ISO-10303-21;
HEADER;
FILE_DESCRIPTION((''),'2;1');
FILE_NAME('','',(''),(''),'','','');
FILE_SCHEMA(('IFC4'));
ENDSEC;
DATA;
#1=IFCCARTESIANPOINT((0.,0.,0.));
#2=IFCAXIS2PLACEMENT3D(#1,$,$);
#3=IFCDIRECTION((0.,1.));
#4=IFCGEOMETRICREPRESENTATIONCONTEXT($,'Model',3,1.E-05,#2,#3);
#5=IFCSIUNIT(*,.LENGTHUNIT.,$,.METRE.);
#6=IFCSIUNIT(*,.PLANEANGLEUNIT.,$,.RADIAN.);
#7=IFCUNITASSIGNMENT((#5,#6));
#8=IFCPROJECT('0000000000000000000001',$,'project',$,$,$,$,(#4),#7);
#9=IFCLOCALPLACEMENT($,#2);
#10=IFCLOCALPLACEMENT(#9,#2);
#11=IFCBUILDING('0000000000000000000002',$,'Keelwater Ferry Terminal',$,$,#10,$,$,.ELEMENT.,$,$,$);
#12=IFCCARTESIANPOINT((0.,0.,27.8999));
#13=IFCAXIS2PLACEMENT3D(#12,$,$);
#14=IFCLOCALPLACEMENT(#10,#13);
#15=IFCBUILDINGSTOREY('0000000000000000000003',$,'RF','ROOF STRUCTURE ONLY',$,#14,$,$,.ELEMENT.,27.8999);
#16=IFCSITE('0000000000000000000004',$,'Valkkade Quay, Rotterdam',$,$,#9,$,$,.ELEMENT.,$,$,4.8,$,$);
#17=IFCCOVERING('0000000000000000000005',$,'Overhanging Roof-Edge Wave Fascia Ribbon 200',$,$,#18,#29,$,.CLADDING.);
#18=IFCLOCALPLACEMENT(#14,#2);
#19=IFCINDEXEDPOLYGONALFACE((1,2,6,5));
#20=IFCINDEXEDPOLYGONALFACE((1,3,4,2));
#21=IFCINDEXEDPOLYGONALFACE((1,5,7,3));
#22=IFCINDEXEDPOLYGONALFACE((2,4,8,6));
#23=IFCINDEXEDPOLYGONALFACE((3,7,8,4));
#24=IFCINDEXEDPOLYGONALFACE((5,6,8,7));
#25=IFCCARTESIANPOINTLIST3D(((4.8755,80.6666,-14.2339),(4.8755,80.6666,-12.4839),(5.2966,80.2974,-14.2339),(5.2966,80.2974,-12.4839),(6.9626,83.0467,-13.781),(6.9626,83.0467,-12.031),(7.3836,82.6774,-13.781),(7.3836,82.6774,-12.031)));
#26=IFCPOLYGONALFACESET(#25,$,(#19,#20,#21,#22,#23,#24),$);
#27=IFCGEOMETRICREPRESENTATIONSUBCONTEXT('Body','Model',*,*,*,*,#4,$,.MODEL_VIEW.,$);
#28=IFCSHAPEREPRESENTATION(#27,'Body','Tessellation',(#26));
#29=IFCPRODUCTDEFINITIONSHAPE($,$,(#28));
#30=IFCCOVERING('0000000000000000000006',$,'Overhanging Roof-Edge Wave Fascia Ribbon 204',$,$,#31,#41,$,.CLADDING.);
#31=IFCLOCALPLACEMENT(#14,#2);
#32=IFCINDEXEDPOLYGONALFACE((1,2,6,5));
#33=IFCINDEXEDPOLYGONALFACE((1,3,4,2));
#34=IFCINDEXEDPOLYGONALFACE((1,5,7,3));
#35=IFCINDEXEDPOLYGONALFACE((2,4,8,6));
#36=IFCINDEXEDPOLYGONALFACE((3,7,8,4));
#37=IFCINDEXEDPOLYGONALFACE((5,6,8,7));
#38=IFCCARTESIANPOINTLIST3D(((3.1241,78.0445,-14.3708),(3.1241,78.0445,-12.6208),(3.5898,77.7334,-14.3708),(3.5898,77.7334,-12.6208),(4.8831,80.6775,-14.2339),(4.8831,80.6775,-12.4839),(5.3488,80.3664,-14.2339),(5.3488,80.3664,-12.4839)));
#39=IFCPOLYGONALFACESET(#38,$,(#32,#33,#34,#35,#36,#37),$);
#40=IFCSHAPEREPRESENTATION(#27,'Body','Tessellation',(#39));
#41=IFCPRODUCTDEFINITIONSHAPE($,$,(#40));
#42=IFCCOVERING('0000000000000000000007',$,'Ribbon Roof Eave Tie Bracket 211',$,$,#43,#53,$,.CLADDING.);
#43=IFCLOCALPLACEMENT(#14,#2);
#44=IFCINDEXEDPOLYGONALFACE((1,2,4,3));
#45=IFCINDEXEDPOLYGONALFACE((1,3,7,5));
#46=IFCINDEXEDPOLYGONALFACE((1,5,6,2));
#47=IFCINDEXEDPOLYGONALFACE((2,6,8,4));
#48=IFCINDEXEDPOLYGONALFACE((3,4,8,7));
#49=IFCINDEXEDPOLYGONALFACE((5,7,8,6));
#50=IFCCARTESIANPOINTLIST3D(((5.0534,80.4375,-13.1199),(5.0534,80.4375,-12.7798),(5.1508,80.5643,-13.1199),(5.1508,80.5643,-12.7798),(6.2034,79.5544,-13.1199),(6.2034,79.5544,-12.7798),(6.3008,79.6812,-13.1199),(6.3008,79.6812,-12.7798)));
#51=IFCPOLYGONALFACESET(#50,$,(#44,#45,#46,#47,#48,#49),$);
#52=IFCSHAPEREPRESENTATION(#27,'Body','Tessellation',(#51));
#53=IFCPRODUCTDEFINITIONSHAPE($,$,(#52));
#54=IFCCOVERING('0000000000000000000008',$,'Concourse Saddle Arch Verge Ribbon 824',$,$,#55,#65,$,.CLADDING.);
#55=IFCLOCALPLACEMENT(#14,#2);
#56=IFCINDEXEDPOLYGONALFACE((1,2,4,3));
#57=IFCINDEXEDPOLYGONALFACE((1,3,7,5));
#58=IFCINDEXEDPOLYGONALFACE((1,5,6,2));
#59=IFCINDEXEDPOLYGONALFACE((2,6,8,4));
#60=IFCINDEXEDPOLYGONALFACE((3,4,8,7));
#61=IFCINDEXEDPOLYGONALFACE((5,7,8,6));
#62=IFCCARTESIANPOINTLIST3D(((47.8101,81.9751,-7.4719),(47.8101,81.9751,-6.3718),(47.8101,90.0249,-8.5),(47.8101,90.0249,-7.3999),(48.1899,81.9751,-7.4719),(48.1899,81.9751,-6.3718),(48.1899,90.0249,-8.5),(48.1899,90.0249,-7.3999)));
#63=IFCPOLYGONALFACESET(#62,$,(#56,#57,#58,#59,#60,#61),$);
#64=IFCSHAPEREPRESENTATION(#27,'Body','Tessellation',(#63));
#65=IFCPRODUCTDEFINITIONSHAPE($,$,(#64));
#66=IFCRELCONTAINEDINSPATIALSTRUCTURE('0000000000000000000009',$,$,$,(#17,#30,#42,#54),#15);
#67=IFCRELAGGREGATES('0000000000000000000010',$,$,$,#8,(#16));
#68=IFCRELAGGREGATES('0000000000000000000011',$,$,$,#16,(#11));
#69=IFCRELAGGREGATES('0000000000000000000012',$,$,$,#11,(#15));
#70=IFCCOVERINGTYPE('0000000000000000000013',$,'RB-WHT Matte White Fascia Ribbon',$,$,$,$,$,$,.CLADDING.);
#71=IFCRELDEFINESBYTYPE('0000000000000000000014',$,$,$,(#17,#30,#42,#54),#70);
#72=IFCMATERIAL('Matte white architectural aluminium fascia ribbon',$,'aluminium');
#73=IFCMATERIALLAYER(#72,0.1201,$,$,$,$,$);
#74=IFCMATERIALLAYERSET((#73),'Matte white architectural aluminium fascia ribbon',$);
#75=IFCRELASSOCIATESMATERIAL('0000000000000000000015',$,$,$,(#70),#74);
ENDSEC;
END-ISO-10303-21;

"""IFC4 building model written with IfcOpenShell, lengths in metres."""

from ifc_helpers import new_model, si_unit, direction, frame, frame_2d, origin, place, context, subcontext, project, spatial, polyline, rectangle, outline, extrude, material, layer, layer_set, type_object, element, save


model = new_model("IFC4")

# Units and contexts
model_context = context("Model", 3, precision=1e-05, world=origin(), true_north=direction((0.0, 1.0)))
body_context = subcontext(model_context, "Body", "Model", "MODEL_VIEW")
ifc_project = project(units=[si_unit("LENGTHUNIT", "METRE"), si_unit("PLANEANGLEUNIT", "RADIAN")], contexts=[model_context])

# Site, building, storey
site_placement = place(None, origin())
site = spatial("IfcSite", under=ifc_project, at=site_placement, Name="Valkkade Quay, Rotterdam", CompositionType="ELEMENT", RefElevation=4.8)
building_placement = place(site_placement, origin())
building = spatial("IfcBuilding", under=site, at=building_placement, Name="Keelwater Ferry Terminal", CompositionType="ELEMENT")
storey_placement = place(building_placement, frame((0.0, 0.0, 27.8999)))
storey = spatial("IfcBuildingStorey", under=building, at=storey_placement, Name="RF", Description="ROOF STRUCTURE ONLY", CompositionType="ELEMENT", Elevation=27.8999)

# Coverings
ifc_material_1 = material(Name="Matte white architectural aluminium fascia ribbon", Category="aluminium")
ifc_layer_1 = layer(ifc_material_1, 0.1201)
ifc_layer_set_1 = layer_set([ifc_layer_1], Name="Matte white architectural aluminium fascia ribbon")
covering_type = type_object("IfcCoveringType", Name="RB-WHT Matte White Fascia Ribbon", PredefinedType="CLADDING", material=ifc_layer_set_1)
covering_1_placement = place(storey_placement, frame((7.1731, 82.8621, -14.2339), z_axis=(0.0, 0.0, 1.0), x_axis=(-0.659318, -0.751864, 0.0)))
element("IfcCovering", 1, at=covering_1_placement, inside=storey, type_object=covering_type, Name="Overhanging Roof-Edge Wave Fascia Ribbon 200", PredefinedType="CLADDING", context=body_context, shape_type="SweptSolid", body=[
    extrude(outline(polyline([(0.0, 0.4529), (3.1655, 0.0), (3.1655, 1.75), (0.0, 2.2029), (0.0, 0.4529)])), frame((0.0, 0.28, 0.0), z_axis=(0.0, -1.0, 0.0), x_axis=(1.0, 0.0, 0.0)), (0.0, 0.0, 1.0), 0.5601),
])
covering_2_placement = place(storey_placement, frame((5.116, 80.522, -14.3708), z_axis=(0.0, 0.0, 1.0), x_axis=(-0.555501, -0.831516, 0.0)))
element("IfcCovering", 2, at=covering_2_placement, inside=storey, type_object=covering_type, Name="Overhanging Roof-Edge Wave Fascia Ribbon 204", PredefinedType="CLADDING", context=body_context, shape_type="SweptSolid", body=[
    extrude(outline(polyline([(0.0, 0.137), (3.1665, 0.0), (3.1665, 1.75), (0.0, 1.887), (0.0, 0.137)])), frame((0.0, 0.28, 0.0), z_axis=(0.0, -1.0, 0.0), x_axis=(1.0, 0.0, 0.0)), (0.0, 0.0, 1.0), 0.5601),
])
covering_3_placement = place(storey_placement, frame((5.1021, 80.501, -13.1199), z_axis=(0.0, 0.0, 1.0), x_axis=(0.793118, -0.609068, 0.0)))
element("IfcCovering", 3, at=covering_3_placement, inside=storey, type_object=covering_type, Name="Ribbon Roof Eave Tie Bracket 211", PredefinedType="CLADDING", context=body_context, shape_type="SweptSolid", body=[
    extrude(rectangle(XDim=1.45, YDim=0.1599, at=frame_2d((0.7251, 0.0))), origin(), (0.0, 0.0, 1.0), 0.3401),
])
covering_4_placement = place(storey_placement, frame((48.0, 81.9751, -8.5), z_axis=(0.0, 0.0, 1.0), x_axis=(0.0, 1.0, 0.0)))
element("IfcCovering", 4, at=covering_4_placement, inside=storey, type_object=covering_type, Name="Concourse Saddle Arch Verge Ribbon 824", PredefinedType="CLADDING", context=body_context, shape_type="SweptSolid", body=[
    extrude(outline(polyline([(0.0, 1.0281), (8.0498, 0.0), (8.0498, 1.1001), (0.0, 2.1282), (0.0, 1.0281)])), frame((0.0, 0.1899, 0.0), z_axis=(0.0, -1.0, 0.0), x_axis=(1.0, 0.0, 0.0)), (0.0, 0.0, 1.0), 0.3799),
])

save(model, "model.ifc")
